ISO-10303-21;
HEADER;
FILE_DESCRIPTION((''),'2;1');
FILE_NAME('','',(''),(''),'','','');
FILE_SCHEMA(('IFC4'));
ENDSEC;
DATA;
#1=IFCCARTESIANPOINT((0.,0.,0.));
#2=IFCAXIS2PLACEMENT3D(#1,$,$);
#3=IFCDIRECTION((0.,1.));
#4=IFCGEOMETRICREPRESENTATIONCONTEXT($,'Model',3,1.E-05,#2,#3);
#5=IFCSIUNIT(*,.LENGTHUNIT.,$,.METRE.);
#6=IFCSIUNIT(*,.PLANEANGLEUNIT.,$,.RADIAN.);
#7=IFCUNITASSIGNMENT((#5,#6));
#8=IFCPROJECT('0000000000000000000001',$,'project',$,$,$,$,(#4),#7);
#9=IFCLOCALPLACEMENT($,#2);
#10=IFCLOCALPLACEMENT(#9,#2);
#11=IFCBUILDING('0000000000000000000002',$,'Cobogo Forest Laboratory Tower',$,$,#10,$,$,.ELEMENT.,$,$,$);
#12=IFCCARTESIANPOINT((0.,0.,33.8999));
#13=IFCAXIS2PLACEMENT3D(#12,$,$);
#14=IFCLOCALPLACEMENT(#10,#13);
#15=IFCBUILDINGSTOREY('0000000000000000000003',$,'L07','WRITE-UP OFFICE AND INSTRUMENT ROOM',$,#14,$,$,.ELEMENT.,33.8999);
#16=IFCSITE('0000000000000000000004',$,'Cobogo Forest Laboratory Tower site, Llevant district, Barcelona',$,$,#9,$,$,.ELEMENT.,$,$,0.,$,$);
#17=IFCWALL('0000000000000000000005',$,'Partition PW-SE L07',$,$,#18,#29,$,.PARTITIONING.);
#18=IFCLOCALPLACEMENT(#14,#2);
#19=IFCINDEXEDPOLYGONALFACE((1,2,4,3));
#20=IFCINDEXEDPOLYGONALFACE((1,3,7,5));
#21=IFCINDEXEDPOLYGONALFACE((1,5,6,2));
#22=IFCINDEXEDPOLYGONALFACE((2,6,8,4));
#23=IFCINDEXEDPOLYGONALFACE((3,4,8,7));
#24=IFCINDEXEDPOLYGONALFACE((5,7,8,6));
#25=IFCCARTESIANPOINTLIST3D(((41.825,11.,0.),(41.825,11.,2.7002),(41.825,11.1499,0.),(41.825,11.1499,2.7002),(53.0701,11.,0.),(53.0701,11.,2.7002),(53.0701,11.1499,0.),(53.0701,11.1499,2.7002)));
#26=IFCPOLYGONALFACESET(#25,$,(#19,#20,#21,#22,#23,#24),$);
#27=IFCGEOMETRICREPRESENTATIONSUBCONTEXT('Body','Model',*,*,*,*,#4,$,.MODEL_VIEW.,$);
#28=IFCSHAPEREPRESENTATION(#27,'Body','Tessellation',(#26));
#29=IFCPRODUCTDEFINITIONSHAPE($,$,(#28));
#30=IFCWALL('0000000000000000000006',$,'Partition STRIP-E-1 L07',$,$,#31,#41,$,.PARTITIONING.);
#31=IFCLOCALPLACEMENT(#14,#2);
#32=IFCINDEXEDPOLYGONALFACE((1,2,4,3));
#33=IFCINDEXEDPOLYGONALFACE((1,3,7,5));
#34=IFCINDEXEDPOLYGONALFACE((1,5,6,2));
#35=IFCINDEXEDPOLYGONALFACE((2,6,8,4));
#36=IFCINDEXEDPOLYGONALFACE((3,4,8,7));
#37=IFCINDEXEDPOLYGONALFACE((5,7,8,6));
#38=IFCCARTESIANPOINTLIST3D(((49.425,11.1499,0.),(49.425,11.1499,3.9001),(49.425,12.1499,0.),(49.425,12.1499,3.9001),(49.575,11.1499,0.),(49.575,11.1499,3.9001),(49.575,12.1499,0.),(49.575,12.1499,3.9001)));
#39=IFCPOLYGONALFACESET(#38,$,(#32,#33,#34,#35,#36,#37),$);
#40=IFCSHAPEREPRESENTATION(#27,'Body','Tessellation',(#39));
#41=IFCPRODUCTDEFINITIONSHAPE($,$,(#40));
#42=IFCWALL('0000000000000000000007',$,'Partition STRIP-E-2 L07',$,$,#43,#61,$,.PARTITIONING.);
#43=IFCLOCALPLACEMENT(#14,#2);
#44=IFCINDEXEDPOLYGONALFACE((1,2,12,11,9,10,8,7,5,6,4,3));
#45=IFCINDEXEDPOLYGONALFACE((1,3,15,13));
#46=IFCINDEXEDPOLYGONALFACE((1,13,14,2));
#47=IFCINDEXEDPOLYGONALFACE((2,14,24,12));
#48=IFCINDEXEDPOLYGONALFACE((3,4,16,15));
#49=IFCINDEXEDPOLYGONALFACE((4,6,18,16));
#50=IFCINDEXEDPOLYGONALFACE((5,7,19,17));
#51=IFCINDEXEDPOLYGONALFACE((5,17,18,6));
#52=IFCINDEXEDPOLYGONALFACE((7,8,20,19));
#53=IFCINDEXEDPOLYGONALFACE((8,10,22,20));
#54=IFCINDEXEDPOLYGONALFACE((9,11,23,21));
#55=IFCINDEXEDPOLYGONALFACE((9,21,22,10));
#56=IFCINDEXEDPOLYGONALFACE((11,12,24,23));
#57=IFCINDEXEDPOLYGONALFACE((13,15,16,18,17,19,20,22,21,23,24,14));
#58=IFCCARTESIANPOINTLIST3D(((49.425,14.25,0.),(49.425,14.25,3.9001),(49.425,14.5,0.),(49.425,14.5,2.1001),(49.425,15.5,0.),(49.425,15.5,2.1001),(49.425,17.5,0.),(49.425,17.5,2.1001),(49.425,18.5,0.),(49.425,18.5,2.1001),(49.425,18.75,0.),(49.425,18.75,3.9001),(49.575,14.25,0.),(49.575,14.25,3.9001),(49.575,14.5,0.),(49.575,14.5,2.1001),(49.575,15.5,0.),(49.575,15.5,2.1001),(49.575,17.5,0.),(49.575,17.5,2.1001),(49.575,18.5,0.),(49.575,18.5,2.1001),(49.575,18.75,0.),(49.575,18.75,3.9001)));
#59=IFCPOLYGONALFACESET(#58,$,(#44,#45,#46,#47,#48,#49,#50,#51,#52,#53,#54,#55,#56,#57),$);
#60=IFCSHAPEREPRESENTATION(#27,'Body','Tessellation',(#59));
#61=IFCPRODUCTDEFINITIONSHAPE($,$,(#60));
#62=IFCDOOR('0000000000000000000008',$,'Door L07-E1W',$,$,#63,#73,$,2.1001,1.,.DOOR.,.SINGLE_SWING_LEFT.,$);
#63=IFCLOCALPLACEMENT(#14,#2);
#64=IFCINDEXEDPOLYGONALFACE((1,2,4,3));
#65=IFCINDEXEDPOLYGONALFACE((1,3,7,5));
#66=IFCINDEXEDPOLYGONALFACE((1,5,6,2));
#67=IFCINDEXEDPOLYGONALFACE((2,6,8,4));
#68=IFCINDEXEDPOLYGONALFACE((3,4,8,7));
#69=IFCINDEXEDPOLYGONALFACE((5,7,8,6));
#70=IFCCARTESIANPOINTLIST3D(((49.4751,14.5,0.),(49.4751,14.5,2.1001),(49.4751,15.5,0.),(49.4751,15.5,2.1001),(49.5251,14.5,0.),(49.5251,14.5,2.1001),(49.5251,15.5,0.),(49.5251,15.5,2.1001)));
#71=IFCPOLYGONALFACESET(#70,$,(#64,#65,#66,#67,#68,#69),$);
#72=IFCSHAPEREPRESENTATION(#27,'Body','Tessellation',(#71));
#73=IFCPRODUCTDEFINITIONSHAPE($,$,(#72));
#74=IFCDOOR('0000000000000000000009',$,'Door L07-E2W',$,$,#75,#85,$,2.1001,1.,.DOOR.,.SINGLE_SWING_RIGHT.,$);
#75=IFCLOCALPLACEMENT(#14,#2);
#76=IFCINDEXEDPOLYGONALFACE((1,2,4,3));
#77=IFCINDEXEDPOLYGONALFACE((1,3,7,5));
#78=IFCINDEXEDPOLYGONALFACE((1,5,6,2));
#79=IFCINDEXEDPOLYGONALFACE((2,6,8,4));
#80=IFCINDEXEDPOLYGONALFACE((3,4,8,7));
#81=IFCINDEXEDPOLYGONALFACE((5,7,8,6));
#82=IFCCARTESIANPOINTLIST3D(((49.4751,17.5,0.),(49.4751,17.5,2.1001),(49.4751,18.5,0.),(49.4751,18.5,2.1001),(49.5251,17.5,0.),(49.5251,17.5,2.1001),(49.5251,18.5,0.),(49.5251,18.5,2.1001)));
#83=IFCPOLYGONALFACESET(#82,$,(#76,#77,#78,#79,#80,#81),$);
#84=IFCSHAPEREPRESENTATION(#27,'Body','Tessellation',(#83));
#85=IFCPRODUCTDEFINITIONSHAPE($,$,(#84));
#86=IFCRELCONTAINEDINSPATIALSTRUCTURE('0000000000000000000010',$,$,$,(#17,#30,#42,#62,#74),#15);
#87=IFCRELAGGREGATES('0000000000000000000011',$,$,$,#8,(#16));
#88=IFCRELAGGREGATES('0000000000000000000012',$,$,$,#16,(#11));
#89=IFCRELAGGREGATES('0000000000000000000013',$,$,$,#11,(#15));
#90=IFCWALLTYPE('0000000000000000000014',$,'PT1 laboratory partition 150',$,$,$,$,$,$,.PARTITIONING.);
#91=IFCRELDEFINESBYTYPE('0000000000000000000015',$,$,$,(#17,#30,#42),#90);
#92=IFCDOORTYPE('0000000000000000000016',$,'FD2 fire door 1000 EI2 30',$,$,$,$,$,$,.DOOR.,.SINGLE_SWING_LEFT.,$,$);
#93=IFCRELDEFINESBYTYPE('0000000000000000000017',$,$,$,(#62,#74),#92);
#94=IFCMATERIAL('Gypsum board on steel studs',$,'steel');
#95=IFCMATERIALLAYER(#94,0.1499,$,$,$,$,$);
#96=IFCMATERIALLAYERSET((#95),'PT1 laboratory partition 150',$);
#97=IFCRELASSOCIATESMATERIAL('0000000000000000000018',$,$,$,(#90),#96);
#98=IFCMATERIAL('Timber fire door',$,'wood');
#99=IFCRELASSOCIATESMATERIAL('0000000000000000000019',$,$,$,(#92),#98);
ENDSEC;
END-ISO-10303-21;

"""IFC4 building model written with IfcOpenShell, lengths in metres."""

from ifc_helpers import new_model, si_unit, direction, frame, frame_2d, origin, place, context, subcontext, project, spatial, rectangle, extrude, material, layer, layer_set, type_object, element, fill, save


model = new_model("IFC4")

# Units and contexts
model_context = context("Model", 3, precision=1e-05, world=origin(), true_north=direction((0.0, 1.0)))
body_context = subcontext(model_context, "Body", "Model", "MODEL_VIEW")
ifc_project = project(units=[si_unit("LENGTHUNIT", "METRE"), si_unit("PLANEANGLEUNIT", "RADIAN")], contexts=[model_context])

# Site, building, storey
site_placement = place(None, origin())
site = spatial("IfcSite", under=ifc_project, at=site_placement, Name="Cobogo Forest Laboratory Tower site, Llevant district, Barcelona", CompositionType="ELEMENT", RefElevation=0.0)
building_placement = place(site_placement, origin())
building = spatial("IfcBuilding", under=site, at=building_placement, Name="Cobogo Forest Laboratory Tower", CompositionType="ELEMENT")
storey_placement = place(building_placement, frame((0.0, 0.0, 33.8999)))
storey = spatial("IfcBuildingStorey", under=building, at=storey_placement, Name="L07", Description="WRITE-UP OFFICE AND INSTRUMENT ROOM", CompositionType="ELEMENT", Elevation=33.8999)

# Walls
ifc_material_1 = material(Name="Gypsum board on steel studs", Category="steel")
ifc_layer_1 = layer(ifc_material_1, 0.1499)
ifc_layer_set_1 = layer_set([ifc_layer_1], Name="PT1 laboratory partition 150")
wall_type = type_object("IfcWallType", Name="PT1 laboratory partition 150", PredefinedType="PARTITIONING", material=ifc_layer_set_1)
wall_1_placement = place(storey_placement, frame((53.0701, 11.075, 0.0), z_axis=(0.0, 0.0, 1.0), x_axis=(-1.0, 0.0, 0.0)))
element("IfcWall", 1, at=wall_1_placement, inside=storey, type_object=wall_type, Name="Partition PW-SE L07", PredefinedType="PARTITIONING", context=body_context, shape_type="SweptSolid", body=[
    extrude(rectangle(XDim=11.2451, YDim=0.1499, at=frame_2d((5.6226, 0.0))), origin(), (0.0, 0.0, 1.0), 2.7002),
])
wall_2_placement = place(storey_placement, frame((49.5, 11.1499, 0.0), z_axis=(0.0, 0.0, 1.0), x_axis=(0.0, 1.0, 0.0)))
element("IfcWall", 2, at=wall_2_placement, inside=storey, type_object=wall_type, Name="Partition STRIP-E-1 L07", PredefinedType="PARTITIONING", context=body_context, shape_type="SweptSolid", body=[
    extrude(rectangle(XDim=1.0, YDim=0.1499, at=frame_2d((0.5, 0.0))), origin(), (0.0, 0.0, 1.0), 3.9001),
])

# Wall, openings, doors
wall_3_placement = place(storey_placement, frame((49.5, 14.25, 0.0), z_axis=(0.0, 0.0, 1.0), x_axis=(0.0, 1.0, 0.0)))
wall_3 = element("IfcWall", 3, at=wall_3_placement, inside=storey, type_object=wall_type, Name="Partition STRIP-E-2 L07", PredefinedType="PARTITIONING", context=body_context, shape_type="SweptSolid", body=[
    extrude(rectangle(XDim=4.5, YDim=0.1499, at=frame_2d((2.25, 0.0))), origin(), (0.0, 0.0, 1.0), 3.9001),
])
opening_1_placement = place(wall_3_placement, frame((0.25, 0.0, 0.0)))
opening_1 = element("IfcOpeningElement", 4, at=opening_1_placement, cuts=wall_3, PredefinedType="OPENING", context=body_context, shape_type="SweptSolid", body=[
    extrude(rectangle(XDim=1.0, YDim=2.1001, at=frame_2d((0.5, 1.05))), frame((0.0, 0.085, 0.0), z_axis=(0.0, -1.0, 0.0), x_axis=(1.0, 0.0, 0.0)), (0.0, 0.0, 1.0), 0.1699),
])
opening_2_placement = place(wall_3_placement, frame((3.25, 0.0, 0.0)))
opening_2 = element("IfcOpeningElement", 5, at=opening_2_placement, cuts=wall_3, PredefinedType="OPENING", context=body_context, shape_type="SweptSolid", body=[
    extrude(rectangle(XDim=1.0, YDim=2.1001, at=frame_2d((0.5, 1.05))), frame((0.0, 0.085, 0.0), z_axis=(0.0, -1.0, 0.0), x_axis=(1.0, 0.0, 0.0)), (0.0, 0.0, 1.0), 0.1699),
])
ifc_material_2 = material(Name="Timber fire door", Category="wood")
door_type = type_object("IfcDoorType", Name="FD2 fire door 1000 EI2 30", OperationType="SINGLE_SWING_LEFT", PredefinedType="DOOR", material=ifc_material_2)
door_1_placement = place(opening_1_placement, origin())
door_1 = element("IfcDoor", 6, at=door_1_placement, inside=storey, type_object=door_type, Name="Door L07-E1W", OperationType="SINGLE_SWING_LEFT", OverallHeight=2.1001, OverallWidth=1.0, PredefinedType="DOOR", context=body_context, shape_type="SweptSolid", body=[
    extrude(rectangle(XDim=1.0, YDim=2.1001, at=frame_2d((0.5, 1.05))), frame((0.0, 0.0249, 0.0), z_axis=(0.0, -1.0, 0.0), x_axis=(1.0, 0.0, 0.0)), (0.0, 0.0, 1.0), 0.05),
])
fill(opening_1, door_1)
door_2_placement = place(opening_2_placement, origin())
door_2 = element("IfcDoor", 7, at=door_2_placement, inside=storey, type_object=door_type, Name="Door L07-E2W", OperationType="SINGLE_SWING_RIGHT", OverallHeight=2.1001, OverallWidth=1.0, PredefinedType="DOOR", context=body_context, shape_type="SweptSolid", body=[
    extrude(rectangle(XDim=1.0, YDim=2.1001, at=frame_2d((0.5, 1.05))), frame((0.0, 0.0249, 0.0), z_axis=(0.0, -1.0, 0.0), x_axis=(1.0, 0.0, 0.0)), (0.0, 0.0, 1.0), 0.05),
])
fill(opening_2, door_2)

save(model, "model.ifc")
